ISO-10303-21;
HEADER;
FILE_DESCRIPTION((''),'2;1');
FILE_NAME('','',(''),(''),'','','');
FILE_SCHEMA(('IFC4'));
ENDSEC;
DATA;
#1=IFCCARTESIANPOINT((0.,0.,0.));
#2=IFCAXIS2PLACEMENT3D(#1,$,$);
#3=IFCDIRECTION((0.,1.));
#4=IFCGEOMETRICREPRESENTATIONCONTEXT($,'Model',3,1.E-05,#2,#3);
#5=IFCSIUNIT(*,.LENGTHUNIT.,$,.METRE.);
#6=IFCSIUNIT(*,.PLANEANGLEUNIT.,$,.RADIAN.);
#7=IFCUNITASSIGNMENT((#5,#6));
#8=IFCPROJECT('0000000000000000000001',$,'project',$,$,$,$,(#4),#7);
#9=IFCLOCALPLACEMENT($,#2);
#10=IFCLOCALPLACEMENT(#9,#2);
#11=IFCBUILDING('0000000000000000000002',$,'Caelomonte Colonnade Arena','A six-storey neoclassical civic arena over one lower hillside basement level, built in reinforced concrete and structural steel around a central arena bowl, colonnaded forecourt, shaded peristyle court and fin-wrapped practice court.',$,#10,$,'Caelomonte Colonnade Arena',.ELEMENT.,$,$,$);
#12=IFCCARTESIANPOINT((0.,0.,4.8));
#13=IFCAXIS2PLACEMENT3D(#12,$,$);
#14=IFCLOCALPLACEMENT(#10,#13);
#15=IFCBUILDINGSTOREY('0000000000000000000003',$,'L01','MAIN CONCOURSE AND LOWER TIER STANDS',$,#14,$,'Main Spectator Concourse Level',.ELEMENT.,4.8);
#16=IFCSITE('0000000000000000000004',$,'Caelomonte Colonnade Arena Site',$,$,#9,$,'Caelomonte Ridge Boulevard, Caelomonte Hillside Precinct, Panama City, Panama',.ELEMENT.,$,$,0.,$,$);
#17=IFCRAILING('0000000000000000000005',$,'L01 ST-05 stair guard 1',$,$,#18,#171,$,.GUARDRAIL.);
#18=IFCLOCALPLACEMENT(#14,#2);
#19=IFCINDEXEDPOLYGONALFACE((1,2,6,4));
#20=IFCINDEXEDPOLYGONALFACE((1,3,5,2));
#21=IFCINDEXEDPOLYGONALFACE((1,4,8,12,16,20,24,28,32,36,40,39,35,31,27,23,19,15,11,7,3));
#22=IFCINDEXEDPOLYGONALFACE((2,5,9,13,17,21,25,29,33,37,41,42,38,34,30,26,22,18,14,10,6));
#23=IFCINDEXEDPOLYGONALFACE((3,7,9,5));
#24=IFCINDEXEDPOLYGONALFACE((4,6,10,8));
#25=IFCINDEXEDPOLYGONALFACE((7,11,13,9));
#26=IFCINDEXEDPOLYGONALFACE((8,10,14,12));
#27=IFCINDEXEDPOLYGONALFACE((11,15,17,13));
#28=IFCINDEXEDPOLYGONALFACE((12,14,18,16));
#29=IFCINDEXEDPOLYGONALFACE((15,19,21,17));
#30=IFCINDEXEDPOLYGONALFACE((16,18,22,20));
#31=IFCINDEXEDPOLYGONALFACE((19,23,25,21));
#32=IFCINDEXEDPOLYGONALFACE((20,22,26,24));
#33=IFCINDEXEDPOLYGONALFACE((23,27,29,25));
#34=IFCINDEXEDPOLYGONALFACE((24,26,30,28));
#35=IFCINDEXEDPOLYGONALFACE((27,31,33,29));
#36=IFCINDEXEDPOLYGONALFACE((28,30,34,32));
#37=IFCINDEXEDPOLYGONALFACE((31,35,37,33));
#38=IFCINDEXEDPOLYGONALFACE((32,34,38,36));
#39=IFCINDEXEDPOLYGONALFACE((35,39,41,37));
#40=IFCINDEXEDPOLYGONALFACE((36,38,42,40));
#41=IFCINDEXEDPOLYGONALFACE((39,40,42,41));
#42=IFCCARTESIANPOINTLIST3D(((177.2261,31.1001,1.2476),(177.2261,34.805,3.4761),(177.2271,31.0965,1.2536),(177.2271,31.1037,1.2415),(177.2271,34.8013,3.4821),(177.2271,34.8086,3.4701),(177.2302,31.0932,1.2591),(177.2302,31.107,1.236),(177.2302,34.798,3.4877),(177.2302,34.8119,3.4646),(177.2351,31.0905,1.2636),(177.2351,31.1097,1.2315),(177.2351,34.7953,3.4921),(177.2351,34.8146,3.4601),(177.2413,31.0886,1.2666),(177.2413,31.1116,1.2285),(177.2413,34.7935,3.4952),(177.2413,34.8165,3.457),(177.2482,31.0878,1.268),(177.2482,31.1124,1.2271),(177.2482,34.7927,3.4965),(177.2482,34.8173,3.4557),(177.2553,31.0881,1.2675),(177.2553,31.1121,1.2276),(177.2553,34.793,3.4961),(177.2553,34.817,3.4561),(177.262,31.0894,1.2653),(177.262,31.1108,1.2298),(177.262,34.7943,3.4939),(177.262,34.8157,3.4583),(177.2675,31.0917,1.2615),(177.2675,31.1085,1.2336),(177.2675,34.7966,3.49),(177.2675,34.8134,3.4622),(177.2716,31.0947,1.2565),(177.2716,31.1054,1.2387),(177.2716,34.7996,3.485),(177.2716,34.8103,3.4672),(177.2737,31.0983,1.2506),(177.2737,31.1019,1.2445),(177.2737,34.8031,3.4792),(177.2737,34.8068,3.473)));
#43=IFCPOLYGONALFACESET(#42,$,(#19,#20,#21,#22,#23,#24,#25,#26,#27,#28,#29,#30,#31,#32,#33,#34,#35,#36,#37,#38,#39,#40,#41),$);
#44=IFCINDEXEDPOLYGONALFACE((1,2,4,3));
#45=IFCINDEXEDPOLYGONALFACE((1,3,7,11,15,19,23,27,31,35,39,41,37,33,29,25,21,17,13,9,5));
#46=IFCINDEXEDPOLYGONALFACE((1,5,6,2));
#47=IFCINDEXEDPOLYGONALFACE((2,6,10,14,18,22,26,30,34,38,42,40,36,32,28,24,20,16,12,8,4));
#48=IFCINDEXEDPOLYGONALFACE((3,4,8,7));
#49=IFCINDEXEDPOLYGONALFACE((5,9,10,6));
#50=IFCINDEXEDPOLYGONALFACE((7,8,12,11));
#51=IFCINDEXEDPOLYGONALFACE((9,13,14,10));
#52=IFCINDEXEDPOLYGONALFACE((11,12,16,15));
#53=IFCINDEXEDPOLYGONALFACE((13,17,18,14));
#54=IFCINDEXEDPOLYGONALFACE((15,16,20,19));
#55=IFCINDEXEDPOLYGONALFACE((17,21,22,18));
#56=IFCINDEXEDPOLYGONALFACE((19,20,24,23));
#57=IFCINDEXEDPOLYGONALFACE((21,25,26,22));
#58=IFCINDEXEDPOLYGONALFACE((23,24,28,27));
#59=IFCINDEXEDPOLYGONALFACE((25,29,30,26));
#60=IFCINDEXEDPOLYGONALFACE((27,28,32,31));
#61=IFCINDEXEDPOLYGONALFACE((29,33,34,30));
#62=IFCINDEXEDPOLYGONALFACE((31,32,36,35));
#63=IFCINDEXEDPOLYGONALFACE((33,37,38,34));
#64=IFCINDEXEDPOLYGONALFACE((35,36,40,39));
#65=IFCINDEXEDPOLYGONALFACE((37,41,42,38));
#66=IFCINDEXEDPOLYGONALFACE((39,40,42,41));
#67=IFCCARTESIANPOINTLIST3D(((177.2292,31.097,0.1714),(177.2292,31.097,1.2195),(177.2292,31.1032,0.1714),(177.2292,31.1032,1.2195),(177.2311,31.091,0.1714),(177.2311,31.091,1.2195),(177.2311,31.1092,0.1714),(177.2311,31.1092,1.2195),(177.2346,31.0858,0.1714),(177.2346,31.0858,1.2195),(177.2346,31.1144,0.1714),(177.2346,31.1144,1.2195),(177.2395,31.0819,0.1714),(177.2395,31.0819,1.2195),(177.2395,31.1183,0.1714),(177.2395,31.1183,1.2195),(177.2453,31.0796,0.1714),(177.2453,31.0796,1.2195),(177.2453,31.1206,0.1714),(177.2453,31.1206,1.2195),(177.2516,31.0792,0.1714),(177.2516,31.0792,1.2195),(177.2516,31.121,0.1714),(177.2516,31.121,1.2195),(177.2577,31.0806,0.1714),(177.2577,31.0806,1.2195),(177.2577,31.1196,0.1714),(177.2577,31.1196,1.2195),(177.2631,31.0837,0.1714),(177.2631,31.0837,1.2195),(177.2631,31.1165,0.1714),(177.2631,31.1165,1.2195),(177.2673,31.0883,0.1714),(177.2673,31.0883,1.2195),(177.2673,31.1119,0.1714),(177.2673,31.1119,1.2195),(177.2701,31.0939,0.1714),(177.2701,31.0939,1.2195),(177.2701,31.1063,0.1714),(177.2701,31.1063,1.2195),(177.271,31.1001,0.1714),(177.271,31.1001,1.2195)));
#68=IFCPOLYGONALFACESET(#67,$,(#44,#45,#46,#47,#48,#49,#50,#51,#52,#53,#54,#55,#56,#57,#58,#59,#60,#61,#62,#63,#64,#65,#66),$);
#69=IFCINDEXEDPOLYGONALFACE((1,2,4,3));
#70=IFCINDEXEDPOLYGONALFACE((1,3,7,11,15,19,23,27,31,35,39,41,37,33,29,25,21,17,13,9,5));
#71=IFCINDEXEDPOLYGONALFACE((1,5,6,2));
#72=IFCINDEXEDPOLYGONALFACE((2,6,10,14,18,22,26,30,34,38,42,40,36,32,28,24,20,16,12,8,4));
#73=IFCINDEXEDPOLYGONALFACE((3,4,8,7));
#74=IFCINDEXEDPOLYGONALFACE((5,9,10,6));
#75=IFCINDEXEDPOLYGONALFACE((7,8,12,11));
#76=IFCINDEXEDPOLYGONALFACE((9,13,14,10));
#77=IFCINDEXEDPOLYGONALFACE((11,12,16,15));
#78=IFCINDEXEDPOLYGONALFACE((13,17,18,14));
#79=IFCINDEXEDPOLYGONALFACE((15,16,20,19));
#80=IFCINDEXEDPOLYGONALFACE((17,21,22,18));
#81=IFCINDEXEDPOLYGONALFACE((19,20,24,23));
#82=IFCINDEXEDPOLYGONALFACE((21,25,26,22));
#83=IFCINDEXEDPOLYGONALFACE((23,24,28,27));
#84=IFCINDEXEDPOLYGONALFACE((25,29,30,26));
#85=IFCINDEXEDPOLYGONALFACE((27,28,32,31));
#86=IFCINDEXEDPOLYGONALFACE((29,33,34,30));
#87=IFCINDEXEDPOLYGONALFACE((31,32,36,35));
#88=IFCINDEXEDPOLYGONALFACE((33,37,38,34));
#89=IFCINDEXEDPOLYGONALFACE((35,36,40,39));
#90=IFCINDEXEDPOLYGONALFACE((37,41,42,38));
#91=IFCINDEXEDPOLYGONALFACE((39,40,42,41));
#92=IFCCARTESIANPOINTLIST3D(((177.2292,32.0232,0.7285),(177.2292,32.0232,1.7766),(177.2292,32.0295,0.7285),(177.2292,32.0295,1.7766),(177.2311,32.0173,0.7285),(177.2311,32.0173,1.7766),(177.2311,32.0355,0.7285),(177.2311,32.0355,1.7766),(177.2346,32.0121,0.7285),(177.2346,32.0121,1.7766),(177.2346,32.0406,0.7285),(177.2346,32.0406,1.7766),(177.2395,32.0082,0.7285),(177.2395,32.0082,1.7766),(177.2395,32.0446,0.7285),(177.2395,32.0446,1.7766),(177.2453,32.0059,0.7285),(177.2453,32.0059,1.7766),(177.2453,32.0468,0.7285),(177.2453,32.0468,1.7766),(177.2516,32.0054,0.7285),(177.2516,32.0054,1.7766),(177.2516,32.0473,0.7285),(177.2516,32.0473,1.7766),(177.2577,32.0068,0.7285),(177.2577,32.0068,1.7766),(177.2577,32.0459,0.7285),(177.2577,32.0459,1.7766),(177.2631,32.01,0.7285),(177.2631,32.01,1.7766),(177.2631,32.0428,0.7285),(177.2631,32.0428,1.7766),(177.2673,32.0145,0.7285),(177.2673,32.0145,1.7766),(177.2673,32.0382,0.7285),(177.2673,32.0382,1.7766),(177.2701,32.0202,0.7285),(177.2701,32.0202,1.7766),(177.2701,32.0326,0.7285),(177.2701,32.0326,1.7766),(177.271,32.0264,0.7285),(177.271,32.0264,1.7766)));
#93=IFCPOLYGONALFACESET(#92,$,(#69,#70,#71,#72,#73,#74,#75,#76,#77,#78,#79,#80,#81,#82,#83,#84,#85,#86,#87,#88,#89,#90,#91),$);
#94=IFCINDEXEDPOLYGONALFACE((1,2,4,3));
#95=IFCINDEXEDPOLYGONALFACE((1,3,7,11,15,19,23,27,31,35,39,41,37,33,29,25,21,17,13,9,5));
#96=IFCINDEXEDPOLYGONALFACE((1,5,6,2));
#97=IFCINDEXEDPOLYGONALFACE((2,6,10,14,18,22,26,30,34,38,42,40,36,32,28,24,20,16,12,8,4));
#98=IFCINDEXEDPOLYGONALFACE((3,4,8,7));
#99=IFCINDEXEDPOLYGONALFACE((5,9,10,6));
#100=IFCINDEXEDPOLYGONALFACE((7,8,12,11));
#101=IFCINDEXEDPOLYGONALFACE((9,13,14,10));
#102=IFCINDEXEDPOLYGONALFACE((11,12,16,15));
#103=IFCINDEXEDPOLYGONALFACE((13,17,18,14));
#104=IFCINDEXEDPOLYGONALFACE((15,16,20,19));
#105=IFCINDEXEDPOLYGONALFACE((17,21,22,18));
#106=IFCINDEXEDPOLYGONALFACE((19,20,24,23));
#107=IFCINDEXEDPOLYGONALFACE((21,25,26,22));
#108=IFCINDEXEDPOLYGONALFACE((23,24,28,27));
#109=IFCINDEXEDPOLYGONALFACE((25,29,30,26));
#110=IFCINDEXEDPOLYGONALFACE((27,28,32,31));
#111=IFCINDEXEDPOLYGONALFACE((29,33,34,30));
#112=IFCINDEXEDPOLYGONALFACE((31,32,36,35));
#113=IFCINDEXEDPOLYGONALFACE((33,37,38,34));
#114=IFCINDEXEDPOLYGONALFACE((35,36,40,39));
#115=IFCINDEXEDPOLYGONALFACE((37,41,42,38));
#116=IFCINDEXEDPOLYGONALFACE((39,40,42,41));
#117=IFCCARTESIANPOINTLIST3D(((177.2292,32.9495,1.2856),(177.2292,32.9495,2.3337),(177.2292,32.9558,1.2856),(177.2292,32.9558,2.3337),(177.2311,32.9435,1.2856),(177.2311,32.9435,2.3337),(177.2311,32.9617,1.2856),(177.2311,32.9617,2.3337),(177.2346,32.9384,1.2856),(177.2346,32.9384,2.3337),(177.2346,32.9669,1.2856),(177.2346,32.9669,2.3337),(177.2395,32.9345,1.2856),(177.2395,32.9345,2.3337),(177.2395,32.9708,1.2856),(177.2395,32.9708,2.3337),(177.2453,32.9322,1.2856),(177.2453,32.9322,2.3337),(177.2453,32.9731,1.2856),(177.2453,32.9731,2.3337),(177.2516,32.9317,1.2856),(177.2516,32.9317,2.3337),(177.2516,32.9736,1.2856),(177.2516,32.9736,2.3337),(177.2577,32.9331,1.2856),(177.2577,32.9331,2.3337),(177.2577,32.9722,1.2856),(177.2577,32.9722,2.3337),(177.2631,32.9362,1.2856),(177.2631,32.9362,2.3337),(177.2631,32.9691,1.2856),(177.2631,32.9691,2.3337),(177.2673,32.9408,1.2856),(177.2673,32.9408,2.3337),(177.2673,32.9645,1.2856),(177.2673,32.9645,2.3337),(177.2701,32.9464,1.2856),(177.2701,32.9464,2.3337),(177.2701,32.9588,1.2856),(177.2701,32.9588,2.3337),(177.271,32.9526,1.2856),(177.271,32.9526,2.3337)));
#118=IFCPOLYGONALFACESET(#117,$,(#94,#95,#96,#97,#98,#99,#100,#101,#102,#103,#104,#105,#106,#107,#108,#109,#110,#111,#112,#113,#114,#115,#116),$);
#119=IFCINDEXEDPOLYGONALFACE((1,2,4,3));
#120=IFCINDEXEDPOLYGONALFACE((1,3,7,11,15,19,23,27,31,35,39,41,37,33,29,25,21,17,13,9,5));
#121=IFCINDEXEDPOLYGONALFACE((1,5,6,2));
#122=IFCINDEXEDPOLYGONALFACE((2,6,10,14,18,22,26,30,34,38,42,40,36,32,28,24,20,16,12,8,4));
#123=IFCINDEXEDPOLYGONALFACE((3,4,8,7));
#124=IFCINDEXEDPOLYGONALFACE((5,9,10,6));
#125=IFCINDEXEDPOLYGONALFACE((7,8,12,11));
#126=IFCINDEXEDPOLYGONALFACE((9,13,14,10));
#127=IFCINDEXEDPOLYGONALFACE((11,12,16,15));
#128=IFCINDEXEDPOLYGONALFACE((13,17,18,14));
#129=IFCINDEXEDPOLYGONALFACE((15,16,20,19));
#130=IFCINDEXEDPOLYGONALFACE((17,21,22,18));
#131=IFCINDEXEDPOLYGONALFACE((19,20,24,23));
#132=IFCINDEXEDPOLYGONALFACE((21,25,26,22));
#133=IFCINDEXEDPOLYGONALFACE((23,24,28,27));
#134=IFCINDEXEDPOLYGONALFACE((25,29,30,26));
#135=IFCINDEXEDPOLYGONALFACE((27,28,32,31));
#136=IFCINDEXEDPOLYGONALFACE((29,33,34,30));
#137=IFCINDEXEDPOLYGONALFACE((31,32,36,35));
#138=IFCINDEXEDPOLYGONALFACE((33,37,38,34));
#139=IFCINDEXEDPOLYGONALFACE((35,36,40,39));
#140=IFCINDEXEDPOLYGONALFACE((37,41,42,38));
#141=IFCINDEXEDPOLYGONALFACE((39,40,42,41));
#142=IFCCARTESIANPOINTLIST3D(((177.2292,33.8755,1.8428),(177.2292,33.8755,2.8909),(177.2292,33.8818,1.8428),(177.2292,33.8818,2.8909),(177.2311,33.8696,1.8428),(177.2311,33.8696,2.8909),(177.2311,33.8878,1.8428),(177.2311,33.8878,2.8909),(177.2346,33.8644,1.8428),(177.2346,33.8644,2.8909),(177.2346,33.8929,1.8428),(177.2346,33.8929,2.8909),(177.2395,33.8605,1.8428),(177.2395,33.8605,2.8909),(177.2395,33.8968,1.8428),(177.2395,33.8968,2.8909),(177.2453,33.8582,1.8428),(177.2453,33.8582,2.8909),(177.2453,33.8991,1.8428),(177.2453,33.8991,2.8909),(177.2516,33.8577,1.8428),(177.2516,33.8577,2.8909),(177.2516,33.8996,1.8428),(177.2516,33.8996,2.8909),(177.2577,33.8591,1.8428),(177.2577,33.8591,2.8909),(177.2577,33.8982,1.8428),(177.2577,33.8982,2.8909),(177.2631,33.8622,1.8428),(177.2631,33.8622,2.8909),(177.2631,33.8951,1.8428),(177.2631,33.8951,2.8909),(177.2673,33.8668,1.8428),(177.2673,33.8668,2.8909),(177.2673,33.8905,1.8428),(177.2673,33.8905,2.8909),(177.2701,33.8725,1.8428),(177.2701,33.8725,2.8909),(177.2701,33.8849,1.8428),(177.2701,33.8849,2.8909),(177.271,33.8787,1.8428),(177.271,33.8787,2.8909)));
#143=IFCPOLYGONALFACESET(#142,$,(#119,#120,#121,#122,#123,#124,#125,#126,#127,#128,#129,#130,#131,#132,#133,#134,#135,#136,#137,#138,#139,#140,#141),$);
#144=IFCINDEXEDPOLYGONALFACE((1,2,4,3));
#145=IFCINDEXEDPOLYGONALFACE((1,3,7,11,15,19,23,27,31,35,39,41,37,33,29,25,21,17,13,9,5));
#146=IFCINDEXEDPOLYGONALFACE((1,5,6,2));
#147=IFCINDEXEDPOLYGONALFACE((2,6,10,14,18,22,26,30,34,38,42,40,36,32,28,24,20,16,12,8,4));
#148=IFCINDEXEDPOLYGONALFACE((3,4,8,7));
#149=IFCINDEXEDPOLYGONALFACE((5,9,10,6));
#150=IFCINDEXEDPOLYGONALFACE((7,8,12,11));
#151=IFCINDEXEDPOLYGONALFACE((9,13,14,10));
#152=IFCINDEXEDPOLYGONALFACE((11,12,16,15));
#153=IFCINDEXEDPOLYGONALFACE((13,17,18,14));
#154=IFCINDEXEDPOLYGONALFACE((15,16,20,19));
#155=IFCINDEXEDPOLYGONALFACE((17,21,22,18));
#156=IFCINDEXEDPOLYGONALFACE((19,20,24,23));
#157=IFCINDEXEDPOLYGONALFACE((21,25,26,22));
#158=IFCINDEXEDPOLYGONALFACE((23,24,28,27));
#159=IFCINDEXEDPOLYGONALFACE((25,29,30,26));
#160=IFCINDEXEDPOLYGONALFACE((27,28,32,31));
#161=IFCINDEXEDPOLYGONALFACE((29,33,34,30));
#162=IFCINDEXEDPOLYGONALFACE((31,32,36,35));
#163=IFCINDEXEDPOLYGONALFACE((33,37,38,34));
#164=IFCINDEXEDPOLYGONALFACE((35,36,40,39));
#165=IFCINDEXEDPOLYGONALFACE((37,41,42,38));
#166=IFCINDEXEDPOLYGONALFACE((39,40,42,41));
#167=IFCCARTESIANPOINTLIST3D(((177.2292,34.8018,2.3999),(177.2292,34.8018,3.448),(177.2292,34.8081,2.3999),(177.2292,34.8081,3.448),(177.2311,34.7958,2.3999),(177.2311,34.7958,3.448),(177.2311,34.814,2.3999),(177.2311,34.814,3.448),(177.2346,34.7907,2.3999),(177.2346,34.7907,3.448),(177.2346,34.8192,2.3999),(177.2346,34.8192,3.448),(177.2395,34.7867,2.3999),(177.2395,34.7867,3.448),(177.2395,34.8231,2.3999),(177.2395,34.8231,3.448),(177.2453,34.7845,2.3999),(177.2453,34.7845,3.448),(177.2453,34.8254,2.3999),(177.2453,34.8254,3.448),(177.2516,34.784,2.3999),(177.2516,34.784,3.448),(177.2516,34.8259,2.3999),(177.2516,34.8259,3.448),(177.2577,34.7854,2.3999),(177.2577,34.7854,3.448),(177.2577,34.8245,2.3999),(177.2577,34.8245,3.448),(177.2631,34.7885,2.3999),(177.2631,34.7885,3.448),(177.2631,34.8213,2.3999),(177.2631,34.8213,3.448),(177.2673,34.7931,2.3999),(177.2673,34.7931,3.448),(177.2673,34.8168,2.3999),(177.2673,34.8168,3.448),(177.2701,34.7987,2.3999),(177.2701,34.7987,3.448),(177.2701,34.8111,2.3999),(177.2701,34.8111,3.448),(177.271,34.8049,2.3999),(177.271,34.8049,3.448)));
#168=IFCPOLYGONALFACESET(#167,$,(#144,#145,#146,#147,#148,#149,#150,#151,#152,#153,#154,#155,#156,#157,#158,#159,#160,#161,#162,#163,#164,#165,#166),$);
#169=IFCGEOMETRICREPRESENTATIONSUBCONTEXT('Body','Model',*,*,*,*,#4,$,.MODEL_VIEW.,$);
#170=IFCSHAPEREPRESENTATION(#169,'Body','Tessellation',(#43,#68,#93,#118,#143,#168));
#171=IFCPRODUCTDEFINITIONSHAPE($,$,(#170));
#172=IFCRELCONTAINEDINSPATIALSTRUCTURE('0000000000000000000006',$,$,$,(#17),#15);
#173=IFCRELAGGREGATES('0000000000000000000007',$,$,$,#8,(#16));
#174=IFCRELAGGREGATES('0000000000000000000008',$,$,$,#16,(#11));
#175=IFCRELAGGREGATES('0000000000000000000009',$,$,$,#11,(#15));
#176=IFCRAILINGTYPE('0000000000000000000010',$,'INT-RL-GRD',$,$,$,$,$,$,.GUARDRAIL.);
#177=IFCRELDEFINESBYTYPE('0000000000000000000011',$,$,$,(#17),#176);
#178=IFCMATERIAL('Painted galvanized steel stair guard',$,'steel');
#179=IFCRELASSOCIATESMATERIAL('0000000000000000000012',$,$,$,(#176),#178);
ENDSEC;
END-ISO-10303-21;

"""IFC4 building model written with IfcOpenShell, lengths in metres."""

from ifc_helpers import new_model, si_unit, direction, frame, origin, origin_2d, place, context, subcontext, project, spatial, circle, extrude, material, type_object, element, save


model = new_model("IFC4")

# Units and contexts
model_context = context("Model", 3, precision=1e-05, world=origin(), true_north=direction((0.0, 1.0)))
body_context = subcontext(model_context, "Body", "Model", "MODEL_VIEW")
ifc_project = project(units=[si_unit("LENGTHUNIT", "METRE"), si_unit("PLANEANGLEUNIT", "RADIAN")], contexts=[model_context])

# Site, building, storey
site_placement = place(None, origin())
site = spatial("IfcSite", under=ifc_project, at=site_placement, Name="Caelomonte Colonnade Arena Site", LongName="Caelomonte Ridge Boulevard, Caelomonte Hillside Precinct, Panama City, Panama", CompositionType="ELEMENT", RefElevation=0.0)
building_placement = place(site_placement, origin())
building = spatial("IfcBuilding", under=site, at=building_placement, Name="Caelomonte Colonnade Arena", Description="A six-storey neoclassical civic arena over one lower hillside basement level, built in reinforced concrete and structural steel around a central arena bowl, colonnaded forecourt, shaded peristyle court and fin-wrapped practice court.", LongName="Caelomonte Colonnade Arena", CompositionType="ELEMENT")
storey_placement = place(building_placement, frame((0.0, 0.0, 4.8)))
storey = spatial("IfcBuildingStorey", under=building, at=storey_placement, Name="L01", Description="MAIN CONCOURSE AND LOWER TIER STANDS", LongName="Main Spectator Concourse Level", CompositionType="ELEMENT", Elevation=4.8)

# Railing
ifc_material_1 = material(Name="Painted galvanized steel stair guard", Category="steel")
railing_type_1 = type_object("IfcRailingType", Name="INT-RL-GRD", PredefinedType="GUARDRAIL", material=ifc_material_1)
railing_1_placement = place(storey_placement, frame((177.25, 31.1001, 0.1714)))
element("IfcRailing", 1, at=railing_1_placement, inside=storey, type_object=railing_type_1, Name="L01 ST-05 stair guard 1", PredefinedType="GUARDRAIL", context=body_context, shape_type="SweptSolid", body=[
    extrude(circle(Radius=0.0239, at=origin_2d()), frame((0.0, 0.0, 1.0762), z_axis=(0.0, 0.856919, 0.51545), x_axis=(-1.0, 0.0, 0.0)), (0.0, 0.0, 1.0), 4.3235),
    extrude(circle(Radius=0.021, at=origin_2d()), origin(), (0.0, 0.0, 1.0), 1.0481),
    extrude(circle(Radius=0.021, at=origin_2d()), frame((0.0, 0.9263, 0.5571)), (0.0, 0.0, 1.0), 1.0481),
    extrude(circle(Radius=0.021, at=origin_2d()), frame((0.0, 1.8525, 1.1143)), (0.0, 0.0, 1.0), 1.0481),
    extrude(circle(Radius=0.021, at=origin_2d()), frame((0.0, 2.7786, 1.6714)), (0.0, 0.0, 1.0), 1.0481),
    extrude(circle(Radius=0.021, at=origin_2d()), frame((0.0, 3.7048, 2.2285)), (0.0, 0.0, 1.0), 1.0481),
])

save(model, "model.ifc")
